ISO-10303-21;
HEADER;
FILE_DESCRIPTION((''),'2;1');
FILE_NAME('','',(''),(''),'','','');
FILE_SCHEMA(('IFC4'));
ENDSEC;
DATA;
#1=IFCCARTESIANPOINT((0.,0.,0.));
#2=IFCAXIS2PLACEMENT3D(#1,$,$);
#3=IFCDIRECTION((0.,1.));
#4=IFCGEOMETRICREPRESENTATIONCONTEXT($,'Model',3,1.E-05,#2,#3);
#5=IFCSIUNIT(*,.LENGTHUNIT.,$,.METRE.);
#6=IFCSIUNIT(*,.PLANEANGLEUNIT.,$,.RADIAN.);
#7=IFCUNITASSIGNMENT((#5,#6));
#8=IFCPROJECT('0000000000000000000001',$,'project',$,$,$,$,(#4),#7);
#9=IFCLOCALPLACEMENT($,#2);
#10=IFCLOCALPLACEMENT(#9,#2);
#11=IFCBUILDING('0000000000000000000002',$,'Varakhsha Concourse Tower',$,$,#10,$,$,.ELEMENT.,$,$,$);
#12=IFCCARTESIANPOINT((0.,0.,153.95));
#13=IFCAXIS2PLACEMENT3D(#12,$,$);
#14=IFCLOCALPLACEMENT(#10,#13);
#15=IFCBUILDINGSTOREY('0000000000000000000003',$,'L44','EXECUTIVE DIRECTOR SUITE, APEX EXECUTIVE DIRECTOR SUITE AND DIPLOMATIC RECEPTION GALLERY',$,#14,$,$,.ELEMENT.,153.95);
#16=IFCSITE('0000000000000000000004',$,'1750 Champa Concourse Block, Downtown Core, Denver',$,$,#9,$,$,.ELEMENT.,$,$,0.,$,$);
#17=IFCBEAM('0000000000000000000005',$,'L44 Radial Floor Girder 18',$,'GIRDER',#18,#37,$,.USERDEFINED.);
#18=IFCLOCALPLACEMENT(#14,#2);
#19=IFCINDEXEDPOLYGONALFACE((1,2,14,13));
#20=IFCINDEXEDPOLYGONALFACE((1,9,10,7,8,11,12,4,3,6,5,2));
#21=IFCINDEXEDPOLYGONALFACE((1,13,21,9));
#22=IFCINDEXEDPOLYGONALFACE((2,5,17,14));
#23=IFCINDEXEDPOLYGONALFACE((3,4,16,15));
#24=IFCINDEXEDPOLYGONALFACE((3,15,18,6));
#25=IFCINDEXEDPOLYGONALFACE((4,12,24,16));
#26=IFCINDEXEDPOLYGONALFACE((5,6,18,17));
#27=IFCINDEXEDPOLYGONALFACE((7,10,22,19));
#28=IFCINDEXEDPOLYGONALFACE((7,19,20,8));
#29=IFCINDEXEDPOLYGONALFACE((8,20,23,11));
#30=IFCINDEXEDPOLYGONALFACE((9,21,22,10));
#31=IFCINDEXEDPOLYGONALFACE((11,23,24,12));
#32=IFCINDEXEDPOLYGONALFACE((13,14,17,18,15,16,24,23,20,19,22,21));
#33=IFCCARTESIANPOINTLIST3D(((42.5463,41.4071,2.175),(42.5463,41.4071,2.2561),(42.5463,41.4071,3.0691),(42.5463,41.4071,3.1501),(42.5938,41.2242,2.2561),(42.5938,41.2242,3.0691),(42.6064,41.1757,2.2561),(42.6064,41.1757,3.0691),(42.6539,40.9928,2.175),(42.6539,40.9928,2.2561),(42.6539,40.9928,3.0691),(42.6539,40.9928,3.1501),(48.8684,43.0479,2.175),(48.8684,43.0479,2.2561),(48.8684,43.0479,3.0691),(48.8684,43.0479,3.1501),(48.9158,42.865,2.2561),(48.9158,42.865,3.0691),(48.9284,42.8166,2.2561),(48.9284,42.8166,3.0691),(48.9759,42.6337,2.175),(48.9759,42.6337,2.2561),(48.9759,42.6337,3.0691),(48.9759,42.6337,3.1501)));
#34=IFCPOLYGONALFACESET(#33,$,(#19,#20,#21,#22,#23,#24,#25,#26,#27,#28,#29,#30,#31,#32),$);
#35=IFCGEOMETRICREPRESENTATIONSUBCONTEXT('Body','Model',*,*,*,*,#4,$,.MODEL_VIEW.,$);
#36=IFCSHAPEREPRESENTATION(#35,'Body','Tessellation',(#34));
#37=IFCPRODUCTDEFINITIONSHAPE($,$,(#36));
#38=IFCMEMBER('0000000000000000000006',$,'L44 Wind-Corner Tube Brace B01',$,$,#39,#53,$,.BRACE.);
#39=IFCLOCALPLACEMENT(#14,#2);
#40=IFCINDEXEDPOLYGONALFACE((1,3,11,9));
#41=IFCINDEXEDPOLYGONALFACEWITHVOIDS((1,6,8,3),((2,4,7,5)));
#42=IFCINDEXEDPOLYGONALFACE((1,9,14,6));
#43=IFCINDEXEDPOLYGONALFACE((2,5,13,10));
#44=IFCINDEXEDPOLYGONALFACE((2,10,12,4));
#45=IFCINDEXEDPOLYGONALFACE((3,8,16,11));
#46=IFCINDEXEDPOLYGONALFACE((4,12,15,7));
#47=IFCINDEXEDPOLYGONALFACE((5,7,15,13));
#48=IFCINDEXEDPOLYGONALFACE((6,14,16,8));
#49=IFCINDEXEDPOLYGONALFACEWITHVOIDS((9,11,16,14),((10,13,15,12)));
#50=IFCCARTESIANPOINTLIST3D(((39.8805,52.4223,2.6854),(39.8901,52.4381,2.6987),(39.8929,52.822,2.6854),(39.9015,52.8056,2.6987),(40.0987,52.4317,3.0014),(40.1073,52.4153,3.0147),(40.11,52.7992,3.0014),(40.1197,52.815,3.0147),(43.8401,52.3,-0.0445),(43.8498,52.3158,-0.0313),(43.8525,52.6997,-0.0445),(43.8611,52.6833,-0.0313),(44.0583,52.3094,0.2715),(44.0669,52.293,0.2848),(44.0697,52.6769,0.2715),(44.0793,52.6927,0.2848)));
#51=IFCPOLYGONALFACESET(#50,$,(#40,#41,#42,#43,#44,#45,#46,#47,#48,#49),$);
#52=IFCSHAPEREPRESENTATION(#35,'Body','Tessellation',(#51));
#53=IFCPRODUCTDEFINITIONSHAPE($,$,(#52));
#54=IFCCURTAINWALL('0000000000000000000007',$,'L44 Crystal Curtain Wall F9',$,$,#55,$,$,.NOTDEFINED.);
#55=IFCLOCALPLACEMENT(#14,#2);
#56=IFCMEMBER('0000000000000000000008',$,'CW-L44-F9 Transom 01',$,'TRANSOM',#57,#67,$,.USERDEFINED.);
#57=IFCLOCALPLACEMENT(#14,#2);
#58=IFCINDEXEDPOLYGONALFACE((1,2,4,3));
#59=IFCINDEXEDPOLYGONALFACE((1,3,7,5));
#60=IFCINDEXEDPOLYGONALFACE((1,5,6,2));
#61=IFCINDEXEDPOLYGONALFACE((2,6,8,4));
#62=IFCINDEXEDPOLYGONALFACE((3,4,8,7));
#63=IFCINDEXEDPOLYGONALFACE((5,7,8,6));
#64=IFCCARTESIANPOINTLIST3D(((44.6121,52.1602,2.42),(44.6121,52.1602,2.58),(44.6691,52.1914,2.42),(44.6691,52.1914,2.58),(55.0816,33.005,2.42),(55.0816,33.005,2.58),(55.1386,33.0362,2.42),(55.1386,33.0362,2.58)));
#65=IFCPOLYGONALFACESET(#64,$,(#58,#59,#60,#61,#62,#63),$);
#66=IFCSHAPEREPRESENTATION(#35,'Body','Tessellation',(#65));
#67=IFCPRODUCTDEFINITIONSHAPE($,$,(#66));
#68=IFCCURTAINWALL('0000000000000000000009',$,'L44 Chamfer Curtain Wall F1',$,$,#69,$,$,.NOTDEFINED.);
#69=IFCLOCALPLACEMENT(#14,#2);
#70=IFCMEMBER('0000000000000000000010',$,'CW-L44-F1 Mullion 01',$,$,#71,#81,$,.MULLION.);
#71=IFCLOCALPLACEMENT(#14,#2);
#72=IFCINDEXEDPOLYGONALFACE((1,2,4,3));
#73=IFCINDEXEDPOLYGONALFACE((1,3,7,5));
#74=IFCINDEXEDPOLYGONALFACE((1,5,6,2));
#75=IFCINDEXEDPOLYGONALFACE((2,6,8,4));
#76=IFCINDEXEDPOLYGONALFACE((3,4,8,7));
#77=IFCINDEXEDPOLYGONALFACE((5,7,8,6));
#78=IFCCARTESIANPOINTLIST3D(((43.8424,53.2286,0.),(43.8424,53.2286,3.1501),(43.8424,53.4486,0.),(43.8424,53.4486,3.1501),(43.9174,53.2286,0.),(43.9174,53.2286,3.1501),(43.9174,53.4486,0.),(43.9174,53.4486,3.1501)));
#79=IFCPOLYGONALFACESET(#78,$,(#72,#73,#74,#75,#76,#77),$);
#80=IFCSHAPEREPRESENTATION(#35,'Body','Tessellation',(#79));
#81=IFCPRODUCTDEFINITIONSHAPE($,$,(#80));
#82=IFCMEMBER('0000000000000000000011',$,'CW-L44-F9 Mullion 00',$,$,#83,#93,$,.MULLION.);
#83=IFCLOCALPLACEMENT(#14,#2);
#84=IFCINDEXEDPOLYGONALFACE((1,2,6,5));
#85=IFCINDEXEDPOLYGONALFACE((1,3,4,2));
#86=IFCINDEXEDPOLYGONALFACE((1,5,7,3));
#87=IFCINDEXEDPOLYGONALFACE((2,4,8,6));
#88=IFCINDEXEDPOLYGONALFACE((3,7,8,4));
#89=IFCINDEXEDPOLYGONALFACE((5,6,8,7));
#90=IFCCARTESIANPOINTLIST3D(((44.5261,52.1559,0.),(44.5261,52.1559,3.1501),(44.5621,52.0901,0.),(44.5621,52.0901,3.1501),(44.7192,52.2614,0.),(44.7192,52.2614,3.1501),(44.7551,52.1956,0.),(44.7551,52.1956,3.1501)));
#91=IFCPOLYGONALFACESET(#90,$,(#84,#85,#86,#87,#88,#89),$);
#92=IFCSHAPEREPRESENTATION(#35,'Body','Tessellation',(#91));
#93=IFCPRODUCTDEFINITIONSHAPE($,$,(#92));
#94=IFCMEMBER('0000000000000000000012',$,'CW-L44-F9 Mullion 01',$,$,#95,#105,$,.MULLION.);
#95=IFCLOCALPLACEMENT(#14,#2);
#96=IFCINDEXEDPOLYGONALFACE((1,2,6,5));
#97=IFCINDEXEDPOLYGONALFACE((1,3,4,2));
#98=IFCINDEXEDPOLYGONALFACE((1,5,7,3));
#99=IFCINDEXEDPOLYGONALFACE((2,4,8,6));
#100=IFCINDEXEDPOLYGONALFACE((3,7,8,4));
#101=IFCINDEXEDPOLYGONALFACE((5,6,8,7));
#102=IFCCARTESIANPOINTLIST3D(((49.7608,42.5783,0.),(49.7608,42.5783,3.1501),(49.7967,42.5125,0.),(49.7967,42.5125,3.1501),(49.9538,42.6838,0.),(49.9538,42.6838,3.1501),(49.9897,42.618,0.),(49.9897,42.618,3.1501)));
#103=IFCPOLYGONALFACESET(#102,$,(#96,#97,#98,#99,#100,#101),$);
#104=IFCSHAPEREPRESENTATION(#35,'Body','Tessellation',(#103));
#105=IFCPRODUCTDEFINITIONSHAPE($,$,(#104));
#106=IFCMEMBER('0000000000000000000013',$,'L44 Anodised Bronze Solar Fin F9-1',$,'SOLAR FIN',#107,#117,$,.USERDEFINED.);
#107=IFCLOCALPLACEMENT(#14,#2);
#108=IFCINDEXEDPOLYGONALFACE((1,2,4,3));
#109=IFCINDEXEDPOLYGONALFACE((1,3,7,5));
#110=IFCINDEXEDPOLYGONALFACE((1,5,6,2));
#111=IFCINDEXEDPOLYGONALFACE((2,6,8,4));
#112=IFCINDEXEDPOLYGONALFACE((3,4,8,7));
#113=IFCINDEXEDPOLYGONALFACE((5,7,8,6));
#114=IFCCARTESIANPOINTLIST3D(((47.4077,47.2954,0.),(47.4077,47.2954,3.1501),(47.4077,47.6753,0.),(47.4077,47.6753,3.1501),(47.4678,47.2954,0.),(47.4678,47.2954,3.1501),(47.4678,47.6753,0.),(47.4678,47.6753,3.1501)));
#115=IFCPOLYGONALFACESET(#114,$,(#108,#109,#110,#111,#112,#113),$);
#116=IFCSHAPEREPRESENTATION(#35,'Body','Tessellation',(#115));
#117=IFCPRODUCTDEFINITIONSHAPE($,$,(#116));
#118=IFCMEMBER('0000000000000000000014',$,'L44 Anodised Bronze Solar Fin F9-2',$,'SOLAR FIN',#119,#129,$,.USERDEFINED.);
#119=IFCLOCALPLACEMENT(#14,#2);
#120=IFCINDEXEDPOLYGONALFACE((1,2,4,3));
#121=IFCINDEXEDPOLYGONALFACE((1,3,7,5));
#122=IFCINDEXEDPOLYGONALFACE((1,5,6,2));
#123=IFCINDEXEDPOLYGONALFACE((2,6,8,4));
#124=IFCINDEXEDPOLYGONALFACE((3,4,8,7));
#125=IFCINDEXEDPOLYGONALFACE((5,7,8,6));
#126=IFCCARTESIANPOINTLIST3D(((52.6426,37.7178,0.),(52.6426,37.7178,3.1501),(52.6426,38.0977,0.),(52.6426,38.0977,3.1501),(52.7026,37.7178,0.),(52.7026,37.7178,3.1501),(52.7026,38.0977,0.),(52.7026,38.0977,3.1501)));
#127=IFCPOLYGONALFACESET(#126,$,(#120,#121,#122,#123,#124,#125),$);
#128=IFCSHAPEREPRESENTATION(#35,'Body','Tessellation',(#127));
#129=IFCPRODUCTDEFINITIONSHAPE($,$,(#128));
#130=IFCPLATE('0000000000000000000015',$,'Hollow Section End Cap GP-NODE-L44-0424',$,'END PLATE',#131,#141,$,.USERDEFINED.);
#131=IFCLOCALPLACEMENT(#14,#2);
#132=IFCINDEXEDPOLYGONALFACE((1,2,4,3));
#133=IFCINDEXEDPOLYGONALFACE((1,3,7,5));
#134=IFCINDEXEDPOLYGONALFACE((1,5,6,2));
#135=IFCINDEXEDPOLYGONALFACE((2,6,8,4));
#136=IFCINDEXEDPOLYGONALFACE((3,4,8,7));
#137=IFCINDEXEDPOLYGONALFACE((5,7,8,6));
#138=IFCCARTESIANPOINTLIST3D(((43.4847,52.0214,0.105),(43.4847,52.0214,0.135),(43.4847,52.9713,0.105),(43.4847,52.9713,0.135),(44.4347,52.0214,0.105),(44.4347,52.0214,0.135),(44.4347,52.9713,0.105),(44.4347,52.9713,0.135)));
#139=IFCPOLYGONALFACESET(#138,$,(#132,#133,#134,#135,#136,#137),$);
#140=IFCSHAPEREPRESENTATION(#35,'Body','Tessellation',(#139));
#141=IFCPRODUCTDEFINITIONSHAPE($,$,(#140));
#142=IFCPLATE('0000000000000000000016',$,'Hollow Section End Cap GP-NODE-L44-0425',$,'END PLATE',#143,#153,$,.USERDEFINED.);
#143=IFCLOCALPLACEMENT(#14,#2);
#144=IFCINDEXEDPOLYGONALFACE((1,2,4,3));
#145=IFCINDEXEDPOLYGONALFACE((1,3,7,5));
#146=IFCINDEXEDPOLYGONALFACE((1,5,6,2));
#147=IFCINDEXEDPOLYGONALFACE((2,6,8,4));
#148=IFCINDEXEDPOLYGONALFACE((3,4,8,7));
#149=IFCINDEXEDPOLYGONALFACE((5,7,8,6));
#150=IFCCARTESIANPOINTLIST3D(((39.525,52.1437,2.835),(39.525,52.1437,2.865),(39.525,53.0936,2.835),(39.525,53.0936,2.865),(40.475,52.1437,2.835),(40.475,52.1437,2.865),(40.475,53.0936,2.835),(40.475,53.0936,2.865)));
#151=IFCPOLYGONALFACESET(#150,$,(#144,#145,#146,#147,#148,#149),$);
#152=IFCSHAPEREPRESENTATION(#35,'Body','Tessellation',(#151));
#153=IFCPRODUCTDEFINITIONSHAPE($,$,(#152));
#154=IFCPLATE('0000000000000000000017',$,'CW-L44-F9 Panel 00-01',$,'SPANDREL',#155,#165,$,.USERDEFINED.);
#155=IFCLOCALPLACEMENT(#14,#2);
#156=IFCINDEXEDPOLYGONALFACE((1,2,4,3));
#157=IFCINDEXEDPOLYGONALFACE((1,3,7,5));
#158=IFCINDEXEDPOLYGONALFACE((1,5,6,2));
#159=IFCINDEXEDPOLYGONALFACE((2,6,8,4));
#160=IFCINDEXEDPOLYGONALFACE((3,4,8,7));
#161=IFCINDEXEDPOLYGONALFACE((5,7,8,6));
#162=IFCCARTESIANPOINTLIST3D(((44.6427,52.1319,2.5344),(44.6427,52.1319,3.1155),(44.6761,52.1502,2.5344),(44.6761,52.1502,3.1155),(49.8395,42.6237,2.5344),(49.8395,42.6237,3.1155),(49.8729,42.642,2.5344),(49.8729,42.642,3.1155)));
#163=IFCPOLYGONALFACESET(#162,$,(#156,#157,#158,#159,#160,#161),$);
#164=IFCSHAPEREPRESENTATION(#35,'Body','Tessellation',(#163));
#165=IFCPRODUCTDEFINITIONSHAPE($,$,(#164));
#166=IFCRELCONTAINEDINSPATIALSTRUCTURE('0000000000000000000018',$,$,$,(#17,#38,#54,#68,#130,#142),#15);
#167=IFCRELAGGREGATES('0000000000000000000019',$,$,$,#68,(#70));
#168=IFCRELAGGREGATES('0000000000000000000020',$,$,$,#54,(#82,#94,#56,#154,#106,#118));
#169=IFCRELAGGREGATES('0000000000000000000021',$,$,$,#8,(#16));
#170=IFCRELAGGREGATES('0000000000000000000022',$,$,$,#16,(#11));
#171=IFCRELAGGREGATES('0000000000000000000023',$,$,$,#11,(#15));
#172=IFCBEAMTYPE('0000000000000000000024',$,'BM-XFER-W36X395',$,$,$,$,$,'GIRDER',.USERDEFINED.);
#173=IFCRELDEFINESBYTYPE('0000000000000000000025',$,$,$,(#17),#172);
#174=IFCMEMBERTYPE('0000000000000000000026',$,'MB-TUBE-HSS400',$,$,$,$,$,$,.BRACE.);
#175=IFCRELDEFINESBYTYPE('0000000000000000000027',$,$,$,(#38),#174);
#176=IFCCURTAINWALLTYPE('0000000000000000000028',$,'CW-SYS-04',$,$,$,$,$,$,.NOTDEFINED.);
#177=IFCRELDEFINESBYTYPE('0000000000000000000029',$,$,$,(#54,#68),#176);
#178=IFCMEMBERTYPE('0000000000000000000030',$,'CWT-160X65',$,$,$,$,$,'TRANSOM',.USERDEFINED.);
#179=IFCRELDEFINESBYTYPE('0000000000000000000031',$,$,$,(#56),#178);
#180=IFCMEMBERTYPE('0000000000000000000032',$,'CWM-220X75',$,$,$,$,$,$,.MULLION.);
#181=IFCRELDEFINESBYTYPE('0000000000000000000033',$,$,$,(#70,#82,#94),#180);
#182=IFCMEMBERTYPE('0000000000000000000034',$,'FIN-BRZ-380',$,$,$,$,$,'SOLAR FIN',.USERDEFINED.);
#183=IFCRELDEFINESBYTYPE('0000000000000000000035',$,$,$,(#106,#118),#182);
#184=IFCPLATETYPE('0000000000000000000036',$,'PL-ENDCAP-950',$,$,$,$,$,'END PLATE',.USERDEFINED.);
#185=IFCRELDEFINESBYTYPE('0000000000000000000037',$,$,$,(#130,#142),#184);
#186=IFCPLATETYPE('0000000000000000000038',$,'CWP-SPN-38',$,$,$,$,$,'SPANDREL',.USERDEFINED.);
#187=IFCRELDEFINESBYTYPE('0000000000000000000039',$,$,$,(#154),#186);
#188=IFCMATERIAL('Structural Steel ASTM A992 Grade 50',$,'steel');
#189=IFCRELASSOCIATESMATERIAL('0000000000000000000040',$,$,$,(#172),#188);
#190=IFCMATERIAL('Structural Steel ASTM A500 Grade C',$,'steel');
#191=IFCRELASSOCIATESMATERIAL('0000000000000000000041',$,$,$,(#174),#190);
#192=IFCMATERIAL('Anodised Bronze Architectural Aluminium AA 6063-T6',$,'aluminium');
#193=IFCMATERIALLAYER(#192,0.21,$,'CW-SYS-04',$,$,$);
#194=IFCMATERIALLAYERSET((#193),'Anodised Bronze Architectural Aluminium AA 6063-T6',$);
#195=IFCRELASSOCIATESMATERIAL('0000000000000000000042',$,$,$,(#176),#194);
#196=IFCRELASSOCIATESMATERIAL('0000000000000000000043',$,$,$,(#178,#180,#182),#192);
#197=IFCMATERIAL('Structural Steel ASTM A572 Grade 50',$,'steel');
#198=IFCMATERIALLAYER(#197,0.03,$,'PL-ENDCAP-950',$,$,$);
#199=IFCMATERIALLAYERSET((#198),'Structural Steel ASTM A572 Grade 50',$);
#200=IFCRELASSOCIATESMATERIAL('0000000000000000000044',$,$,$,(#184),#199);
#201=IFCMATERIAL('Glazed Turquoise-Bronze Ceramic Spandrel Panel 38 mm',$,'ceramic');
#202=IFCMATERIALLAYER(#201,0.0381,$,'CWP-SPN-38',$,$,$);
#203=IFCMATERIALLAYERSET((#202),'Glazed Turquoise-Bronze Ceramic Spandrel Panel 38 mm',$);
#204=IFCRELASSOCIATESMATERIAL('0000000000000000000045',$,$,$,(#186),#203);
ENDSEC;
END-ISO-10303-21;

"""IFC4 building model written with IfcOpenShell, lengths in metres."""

from ifc_helpers import new_model, si_unit, direction, frame, origin, origin_2d, place, context, subcontext, project, spatial, rectangle, hollow_rectangle, i_section, extrude, source, transform, mapped, material, layer, layer_set, material_profile, profile_set, type_object, type_shapes, element, aggregate, save


model = new_model("IFC4")

# Units and contexts
model_context = context("Model", 3, precision=1e-05, world=origin(), true_north=direction((0.0, 1.0)))
body_context = subcontext(model_context, "Body", "Model", "MODEL_VIEW")
ifc_project = project(units=[si_unit("LENGTHUNIT", "METRE"), si_unit("PLANEANGLEUNIT", "RADIAN")], contexts=[model_context])

# Site, building, storey
site_placement = place(None, origin())
site = spatial("IfcSite", under=ifc_project, at=site_placement, Name="1750 Champa Concourse Block, Downtown Core, Denver", CompositionType="ELEMENT", RefElevation=0.0)
building_placement = place(site_placement, origin())
building = spatial("IfcBuilding", under=site, at=building_placement, Name="Varakhsha Concourse Tower", CompositionType="ELEMENT")
storey_placement = place(building_placement, frame((0.0, 0.0, 153.95)))
storey = spatial("IfcBuildingStorey", under=building, at=storey_placement, Name="L44", Description="EXECUTIVE DIRECTOR SUITE, APEX EXECUTIVE DIRECTOR SUITE AND DIPLOMATIC RECEPTION GALLERY", CompositionType="ELEMENT", Elevation=153.95)

# Shared definitions
ifc_material_1 = material(Name="Structural Steel ASTM A992 Grade 50", Category="steel")
ifc_material_2 = material(Name="Structural Steel ASTM A572 Grade 50", Category="steel")

# Beam
ifc_material_profile_1 = material_profile(ifc_material_1, i_section(OverallWidth=0.428, OverallDepth=0.9751, WebThickness=0.05, FlangeThickness=0.0811, at=origin_2d()), Name="W36X395")
ifc_profile_set_1 = profile_set([ifc_material_profile_1], Name="Structural Steel ASTM A992 Grade 50")
beam_type_1 = type_object("IfcBeamType", Name="BM-XFER-W36X395", ElementType="GIRDER", PredefinedType="USERDEFINED", material=ifc_profile_set_1)
beam_1_placement = place(storey_placement, frame((42.6001, 41.2, 2.6626), z_axis=(0.967929, 0.251224, 0.0), x_axis=(-0.251224, 0.967929, 0.0)))
element("IfcBeam", 1, at=beam_1_placement, inside=storey, type_object=beam_type_1, Name="L44 Radial Floor Girder 18", ObjectType="GIRDER", PredefinedType="USERDEFINED", context=body_context, shape_type="SweptSolid", body=[
    extrude(i_section(OverallWidth=0.428, OverallDepth=0.9751, WebThickness=0.05, FlangeThickness=0.0811, at=origin_2d()), origin(), (0.0, 0.0, 1.0), 6.5315),
])

# Member
ifc_material_3 = material(Name="Structural Steel ASTM A500 Grade C", Category="steel")
ifc_material_profile_2 = material_profile(ifc_material_3, hollow_rectangle(XDim=0.3999, YDim=0.3999, WallThickness=0.0161, at=origin_2d()), Name="HSS 400x400x16")
ifc_profile_set_2 = profile_set([ifc_material_profile_2], Name="Structural Steel ASTM A500 Grade C")
member_type_1 = type_object("IfcMemberType", Name="MB-TUBE-HSS400", PredefinedType="BRACE", material=ifc_profile_set_2)
shared_shape_1 = source(origin(), body_context, "Body", "SweptSolid", [
    extrude(hollow_rectangle(XDim=0.3999, YDim=0.3999, WallThickness=0.0161, at=origin_2d()), origin(), (0.0, 0.0, 1.0), 4.811),
])
type_shapes(member_type_1, [shared_shape_1])
member_1_placement = place(storey_placement, frame((43.9597, 52.4963, 0.1201), z_axis=(-0.82303, 0.025423, 0.567428), x_axis=(-0.030875, -0.999523, 0.0)))
element("IfcMember", 2, at=member_1_placement, inside=storey, type_object=member_type_1, Name="L44 Wind-Corner Tube Brace B01", PredefinedType="BRACE", context=body_context, shape_type="MappedRepresentation", body=[
    mapped(shared_shape_1, transform((0.0, 0.0, 0.0), scale=1.0)),
])

# Curtain walls, members
ifc_material_4 = material(Name="Anodised Bronze Architectural Aluminium AA 6063-T6", Category="aluminium")
ifc_layer_1 = layer(ifc_material_4, 0.21, Name="CW-SYS-04")
ifc_layer_set_1 = layer_set([ifc_layer_1], Name="Anodised Bronze Architectural Aluminium AA 6063-T6")
curtain_wall_type = type_object("IfcCurtainWallType", Name="CW-SYS-04", PredefinedType="NOTDEFINED", material=ifc_layer_set_1)
curtain_wall_1_placement = place(storey_placement, origin())
curtain_wall_1 = element("IfcCurtainWall", 3, at=curtain_wall_1_placement, inside=storey, type_object=curtain_wall_type, Name="L44 Crystal Curtain Wall F9", PredefinedType="NOTDEFINED")
ifc_material_profile_3 = material_profile(ifc_material_4, rectangle(XDim=0.0649, YDim=0.1599, at=origin_2d()), Name="CWT-160X65")
ifc_profile_set_3 = profile_set([ifc_material_profile_3], Name="Anodised Bronze Architectural Aluminium AA 6063-T6")
member_type_2 = type_object("IfcMemberType", Name="CWT-160X65", ElementType="TRANSOM", PredefinedType="USERDEFINED", material=ifc_profile_set_3)
shared_shape_2 = source(origin(), body_context, "Body", "SweptSolid", [
    extrude(rectangle(XDim=0.0649, YDim=0.1599, at=origin_2d()), origin(), (0.0, 0.0, 1.0), 21.8296),
])
type_shapes(member_type_2, [shared_shape_2])
member_2_placement = place(storey_placement, frame((44.6406, 52.1758, 2.5), z_axis=(0.479599, -0.877488, 0.0), x_axis=(0.877488, 0.479599, 0.0)))
member_2 = element("IfcMember", 4, at=member_2_placement, type_object=member_type_2, Name="CW-L44-F9 Transom 01", ObjectType="TRANSOM", PredefinedType="USERDEFINED", context=body_context, shape_type="MappedRepresentation", body=[
    mapped(shared_shape_2, transform((0.0, 0.0, 0.0), scale=1.0)),
])
curtain_wall_2_placement = place(storey_placement, origin())
curtain_wall_2 = element("IfcCurtainWall", 5, at=curtain_wall_2_placement, inside=storey, type_object=curtain_wall_type, Name="L44 Chamfer Curtain Wall F1", PredefinedType="NOTDEFINED")
ifc_material_profile_4 = material_profile(ifc_material_4, rectangle(XDim=0.075, YDim=0.22, at=origin_2d()), Name="CWM-220X75")
ifc_profile_set_4 = profile_set([ifc_material_profile_4], Name="Anodised Bronze Architectural Aluminium AA 6063-T6")
member_type_3 = type_object("IfcMemberType", Name="CWM-220X75", PredefinedType="MULLION", material=ifc_profile_set_4)
shared_shape_3 = source(origin(), body_context, "Body", "SweptSolid", [
    extrude(rectangle(XDim=0.075, YDim=0.22, at=origin_2d()), origin(), (0.0, 0.0, 1.0), 3.1501),
])
type_shapes(member_type_3, [shared_shape_3])
member_3_placement = place(storey_placement, frame((43.8799, 53.3386, 0.0), z_axis=(0.0, 0.0, 1.0), x_axis=(1.0, 0.0, 0.0)))
member_3 = element("IfcMember", 6, at=member_3_placement, type_object=member_type_3, Name="CW-L44-F1 Mullion 01", PredefinedType="MULLION", context=body_context, shape_type="MappedRepresentation", body=[
    mapped(shared_shape_3, transform((0.0, 0.0, 0.0), scale=1.0)),
])

# Members
member_4_placement = place(storey_placement, frame((44.6406, 52.1758, 0.0), z_axis=(0.0, 0.0, 1.0), x_axis=(0.479596, -0.87749, 0.0)))
member_4 = element("IfcMember", 7, at=member_4_placement, type_object=member_type_3, Name="CW-L44-F9 Mullion 00", PredefinedType="MULLION", context=body_context, shape_type="MappedRepresentation", body=[
    mapped(shared_shape_3, transform((0.0, 0.0, 0.0), scale=1.0)),
])
member_5_placement = place(storey_placement, frame((49.8752, 42.5981, 0.0), z_axis=(0.0, 0.0, 1.0), x_axis=(0.479596, -0.87749, 0.0)))
member_5 = element("IfcMember", 8, at=member_5_placement, type_object=member_type_3, Name="CW-L44-F9 Mullion 01", PredefinedType="MULLION", context=body_context, shape_type="MappedRepresentation", body=[
    mapped(shared_shape_3, transform((0.0, 0.0, 0.0), scale=1.0)),
])
ifc_material_profile_5 = material_profile(ifc_material_4, rectangle(XDim=0.0601, YDim=0.3799, at=origin_2d()), Name="FIN-BRZ-380")
ifc_profile_set_5 = profile_set([ifc_material_profile_5], Name="Anodised Bronze Architectural Aluminium AA 6063-T6")
member_type_4 = type_object("IfcMemberType", Name="FIN-BRZ-380", ElementType="SOLAR FIN", PredefinedType="USERDEFINED", material=ifc_profile_set_5)
shared_shape_4 = source(origin(), body_context, "Body", "SweptSolid", [
    extrude(rectangle(XDim=0.0601, YDim=0.3799, at=origin_2d()), origin(), (0.0, 0.0, 1.0), 3.1501),
])
type_shapes(member_type_4, [shared_shape_4])
member_6_placement = place(storey_placement, frame((47.4377, 47.4854, 0.0), z_axis=(0.0, 0.0, 1.0), x_axis=(1.0, 0.0, 0.0)))
member_6 = element("IfcMember", 9, at=member_6_placement, type_object=member_type_4, Name="L44 Anodised Bronze Solar Fin F9-1", ObjectType="SOLAR FIN", PredefinedType="USERDEFINED", context=body_context, shape_type="MappedRepresentation", body=[
    mapped(shared_shape_4, transform((0.0, 0.0, 0.0), scale=1.0)),
])
member_7_placement = place(storey_placement, frame((52.6726, 37.9077, 0.0), z_axis=(0.0, 0.0, 1.0), x_axis=(1.0, 0.0, 0.0)))
member_7 = element("IfcMember", 10, at=member_7_placement, type_object=member_type_4, Name="L44 Anodised Bronze Solar Fin F9-2", ObjectType="SOLAR FIN", PredefinedType="USERDEFINED", context=body_context, shape_type="MappedRepresentation", body=[
    mapped(shared_shape_4, transform((0.0, 0.0, 0.0), scale=1.0)),
])

# Plates
ifc_layer_2 = layer(ifc_material_2, 0.03, Name="PL-ENDCAP-950")
ifc_layer_set_2 = layer_set([ifc_layer_2], Name="Structural Steel ASTM A572 Grade 50")
plate_type_1 = type_object("IfcPlateType", Name="PL-ENDCAP-950", ElementType="END PLATE", PredefinedType="USERDEFINED", material=ifc_layer_set_2)
shared_shape_5 = source(origin(), body_context, "Body", "SweptSolid", [
    extrude(rectangle(XDim=0.95, YDim=0.95, at=origin_2d()), origin(), (0.0, 0.0, 1.0), 0.03),
])
type_shapes(plate_type_1, [shared_shape_5])
for number, where, z_axis, x_axis, name in (
    (11, (43.9597, 52.4963, 0.105), (0.0, 0.0, 1.0), (1.0, 0.0, 0.0), "Hollow Section End Cap GP-NODE-L44-0424"),
    (12, (40.0, 52.6187, 2.835), (0.0, 0.0, 1.0), (1.0, 0.0, 0.0), "Hollow Section End Cap GP-NODE-L44-0425"),
):
    element("IfcPlate", number, at=place(storey_placement, frame(where, z_axis=z_axis, x_axis=x_axis)), inside=storey, type_object=plate_type_1, Name=name, ObjectType="END PLATE", PredefinedType="USERDEFINED", context=body_context, shape_type="MappedRepresentation", body=[
        mapped(shared_shape_5, transform((0.0, 0.0, 0.0), scale=1.0)),
    ])

# Plate
ifc_material_5 = material(Name="Glazed Turquoise-Bronze Ceramic Spandrel Panel 38 mm", Category="ceramic")
ifc_layer_3 = layer(ifc_material_5, 0.0381, Name="CWP-SPN-38")
ifc_layer_set_3 = layer_set([ifc_layer_3], Name="Glazed Turquoise-Bronze Ceramic Spandrel Panel 38 mm")
plate_type_2 = type_object("IfcPlateType", Name="CWP-SPN-38", ElementType="SPANDREL", PredefinedType="USERDEFINED", material=ifc_layer_set_3)
shared_shape_6 = source(origin(), body_context, "Body", "SweptSolid", [
    extrude(rectangle(XDim=10.8357, YDim=0.0381, at=origin_2d()), origin(), (0.0, 0.0, 1.0), 0.5811),
])
plate_1_placement = place(storey_placement, frame((47.2578, 47.387, 2.5344), z_axis=(0.0, 0.0, 1.0), x_axis=(0.479596, -0.87749, 0.0)))
plate_1 = element("IfcPlate", 13, at=plate_1_placement, type_object=plate_type_2, Name="CW-L44-F9 Panel 00-01", ObjectType="SPANDREL", PredefinedType="USERDEFINED", context=body_context, shape_type="MappedRepresentation", body=[
    mapped(shared_shape_6, transform((0.0, 0.0, 0.0), scale=1.0)),
])
aggregate(curtain_wall_2, [member_3])
aggregate(curtain_wall_1, [member_4, member_5, member_2, plate_1, member_6, member_7])

save(model, "model.ifc")
